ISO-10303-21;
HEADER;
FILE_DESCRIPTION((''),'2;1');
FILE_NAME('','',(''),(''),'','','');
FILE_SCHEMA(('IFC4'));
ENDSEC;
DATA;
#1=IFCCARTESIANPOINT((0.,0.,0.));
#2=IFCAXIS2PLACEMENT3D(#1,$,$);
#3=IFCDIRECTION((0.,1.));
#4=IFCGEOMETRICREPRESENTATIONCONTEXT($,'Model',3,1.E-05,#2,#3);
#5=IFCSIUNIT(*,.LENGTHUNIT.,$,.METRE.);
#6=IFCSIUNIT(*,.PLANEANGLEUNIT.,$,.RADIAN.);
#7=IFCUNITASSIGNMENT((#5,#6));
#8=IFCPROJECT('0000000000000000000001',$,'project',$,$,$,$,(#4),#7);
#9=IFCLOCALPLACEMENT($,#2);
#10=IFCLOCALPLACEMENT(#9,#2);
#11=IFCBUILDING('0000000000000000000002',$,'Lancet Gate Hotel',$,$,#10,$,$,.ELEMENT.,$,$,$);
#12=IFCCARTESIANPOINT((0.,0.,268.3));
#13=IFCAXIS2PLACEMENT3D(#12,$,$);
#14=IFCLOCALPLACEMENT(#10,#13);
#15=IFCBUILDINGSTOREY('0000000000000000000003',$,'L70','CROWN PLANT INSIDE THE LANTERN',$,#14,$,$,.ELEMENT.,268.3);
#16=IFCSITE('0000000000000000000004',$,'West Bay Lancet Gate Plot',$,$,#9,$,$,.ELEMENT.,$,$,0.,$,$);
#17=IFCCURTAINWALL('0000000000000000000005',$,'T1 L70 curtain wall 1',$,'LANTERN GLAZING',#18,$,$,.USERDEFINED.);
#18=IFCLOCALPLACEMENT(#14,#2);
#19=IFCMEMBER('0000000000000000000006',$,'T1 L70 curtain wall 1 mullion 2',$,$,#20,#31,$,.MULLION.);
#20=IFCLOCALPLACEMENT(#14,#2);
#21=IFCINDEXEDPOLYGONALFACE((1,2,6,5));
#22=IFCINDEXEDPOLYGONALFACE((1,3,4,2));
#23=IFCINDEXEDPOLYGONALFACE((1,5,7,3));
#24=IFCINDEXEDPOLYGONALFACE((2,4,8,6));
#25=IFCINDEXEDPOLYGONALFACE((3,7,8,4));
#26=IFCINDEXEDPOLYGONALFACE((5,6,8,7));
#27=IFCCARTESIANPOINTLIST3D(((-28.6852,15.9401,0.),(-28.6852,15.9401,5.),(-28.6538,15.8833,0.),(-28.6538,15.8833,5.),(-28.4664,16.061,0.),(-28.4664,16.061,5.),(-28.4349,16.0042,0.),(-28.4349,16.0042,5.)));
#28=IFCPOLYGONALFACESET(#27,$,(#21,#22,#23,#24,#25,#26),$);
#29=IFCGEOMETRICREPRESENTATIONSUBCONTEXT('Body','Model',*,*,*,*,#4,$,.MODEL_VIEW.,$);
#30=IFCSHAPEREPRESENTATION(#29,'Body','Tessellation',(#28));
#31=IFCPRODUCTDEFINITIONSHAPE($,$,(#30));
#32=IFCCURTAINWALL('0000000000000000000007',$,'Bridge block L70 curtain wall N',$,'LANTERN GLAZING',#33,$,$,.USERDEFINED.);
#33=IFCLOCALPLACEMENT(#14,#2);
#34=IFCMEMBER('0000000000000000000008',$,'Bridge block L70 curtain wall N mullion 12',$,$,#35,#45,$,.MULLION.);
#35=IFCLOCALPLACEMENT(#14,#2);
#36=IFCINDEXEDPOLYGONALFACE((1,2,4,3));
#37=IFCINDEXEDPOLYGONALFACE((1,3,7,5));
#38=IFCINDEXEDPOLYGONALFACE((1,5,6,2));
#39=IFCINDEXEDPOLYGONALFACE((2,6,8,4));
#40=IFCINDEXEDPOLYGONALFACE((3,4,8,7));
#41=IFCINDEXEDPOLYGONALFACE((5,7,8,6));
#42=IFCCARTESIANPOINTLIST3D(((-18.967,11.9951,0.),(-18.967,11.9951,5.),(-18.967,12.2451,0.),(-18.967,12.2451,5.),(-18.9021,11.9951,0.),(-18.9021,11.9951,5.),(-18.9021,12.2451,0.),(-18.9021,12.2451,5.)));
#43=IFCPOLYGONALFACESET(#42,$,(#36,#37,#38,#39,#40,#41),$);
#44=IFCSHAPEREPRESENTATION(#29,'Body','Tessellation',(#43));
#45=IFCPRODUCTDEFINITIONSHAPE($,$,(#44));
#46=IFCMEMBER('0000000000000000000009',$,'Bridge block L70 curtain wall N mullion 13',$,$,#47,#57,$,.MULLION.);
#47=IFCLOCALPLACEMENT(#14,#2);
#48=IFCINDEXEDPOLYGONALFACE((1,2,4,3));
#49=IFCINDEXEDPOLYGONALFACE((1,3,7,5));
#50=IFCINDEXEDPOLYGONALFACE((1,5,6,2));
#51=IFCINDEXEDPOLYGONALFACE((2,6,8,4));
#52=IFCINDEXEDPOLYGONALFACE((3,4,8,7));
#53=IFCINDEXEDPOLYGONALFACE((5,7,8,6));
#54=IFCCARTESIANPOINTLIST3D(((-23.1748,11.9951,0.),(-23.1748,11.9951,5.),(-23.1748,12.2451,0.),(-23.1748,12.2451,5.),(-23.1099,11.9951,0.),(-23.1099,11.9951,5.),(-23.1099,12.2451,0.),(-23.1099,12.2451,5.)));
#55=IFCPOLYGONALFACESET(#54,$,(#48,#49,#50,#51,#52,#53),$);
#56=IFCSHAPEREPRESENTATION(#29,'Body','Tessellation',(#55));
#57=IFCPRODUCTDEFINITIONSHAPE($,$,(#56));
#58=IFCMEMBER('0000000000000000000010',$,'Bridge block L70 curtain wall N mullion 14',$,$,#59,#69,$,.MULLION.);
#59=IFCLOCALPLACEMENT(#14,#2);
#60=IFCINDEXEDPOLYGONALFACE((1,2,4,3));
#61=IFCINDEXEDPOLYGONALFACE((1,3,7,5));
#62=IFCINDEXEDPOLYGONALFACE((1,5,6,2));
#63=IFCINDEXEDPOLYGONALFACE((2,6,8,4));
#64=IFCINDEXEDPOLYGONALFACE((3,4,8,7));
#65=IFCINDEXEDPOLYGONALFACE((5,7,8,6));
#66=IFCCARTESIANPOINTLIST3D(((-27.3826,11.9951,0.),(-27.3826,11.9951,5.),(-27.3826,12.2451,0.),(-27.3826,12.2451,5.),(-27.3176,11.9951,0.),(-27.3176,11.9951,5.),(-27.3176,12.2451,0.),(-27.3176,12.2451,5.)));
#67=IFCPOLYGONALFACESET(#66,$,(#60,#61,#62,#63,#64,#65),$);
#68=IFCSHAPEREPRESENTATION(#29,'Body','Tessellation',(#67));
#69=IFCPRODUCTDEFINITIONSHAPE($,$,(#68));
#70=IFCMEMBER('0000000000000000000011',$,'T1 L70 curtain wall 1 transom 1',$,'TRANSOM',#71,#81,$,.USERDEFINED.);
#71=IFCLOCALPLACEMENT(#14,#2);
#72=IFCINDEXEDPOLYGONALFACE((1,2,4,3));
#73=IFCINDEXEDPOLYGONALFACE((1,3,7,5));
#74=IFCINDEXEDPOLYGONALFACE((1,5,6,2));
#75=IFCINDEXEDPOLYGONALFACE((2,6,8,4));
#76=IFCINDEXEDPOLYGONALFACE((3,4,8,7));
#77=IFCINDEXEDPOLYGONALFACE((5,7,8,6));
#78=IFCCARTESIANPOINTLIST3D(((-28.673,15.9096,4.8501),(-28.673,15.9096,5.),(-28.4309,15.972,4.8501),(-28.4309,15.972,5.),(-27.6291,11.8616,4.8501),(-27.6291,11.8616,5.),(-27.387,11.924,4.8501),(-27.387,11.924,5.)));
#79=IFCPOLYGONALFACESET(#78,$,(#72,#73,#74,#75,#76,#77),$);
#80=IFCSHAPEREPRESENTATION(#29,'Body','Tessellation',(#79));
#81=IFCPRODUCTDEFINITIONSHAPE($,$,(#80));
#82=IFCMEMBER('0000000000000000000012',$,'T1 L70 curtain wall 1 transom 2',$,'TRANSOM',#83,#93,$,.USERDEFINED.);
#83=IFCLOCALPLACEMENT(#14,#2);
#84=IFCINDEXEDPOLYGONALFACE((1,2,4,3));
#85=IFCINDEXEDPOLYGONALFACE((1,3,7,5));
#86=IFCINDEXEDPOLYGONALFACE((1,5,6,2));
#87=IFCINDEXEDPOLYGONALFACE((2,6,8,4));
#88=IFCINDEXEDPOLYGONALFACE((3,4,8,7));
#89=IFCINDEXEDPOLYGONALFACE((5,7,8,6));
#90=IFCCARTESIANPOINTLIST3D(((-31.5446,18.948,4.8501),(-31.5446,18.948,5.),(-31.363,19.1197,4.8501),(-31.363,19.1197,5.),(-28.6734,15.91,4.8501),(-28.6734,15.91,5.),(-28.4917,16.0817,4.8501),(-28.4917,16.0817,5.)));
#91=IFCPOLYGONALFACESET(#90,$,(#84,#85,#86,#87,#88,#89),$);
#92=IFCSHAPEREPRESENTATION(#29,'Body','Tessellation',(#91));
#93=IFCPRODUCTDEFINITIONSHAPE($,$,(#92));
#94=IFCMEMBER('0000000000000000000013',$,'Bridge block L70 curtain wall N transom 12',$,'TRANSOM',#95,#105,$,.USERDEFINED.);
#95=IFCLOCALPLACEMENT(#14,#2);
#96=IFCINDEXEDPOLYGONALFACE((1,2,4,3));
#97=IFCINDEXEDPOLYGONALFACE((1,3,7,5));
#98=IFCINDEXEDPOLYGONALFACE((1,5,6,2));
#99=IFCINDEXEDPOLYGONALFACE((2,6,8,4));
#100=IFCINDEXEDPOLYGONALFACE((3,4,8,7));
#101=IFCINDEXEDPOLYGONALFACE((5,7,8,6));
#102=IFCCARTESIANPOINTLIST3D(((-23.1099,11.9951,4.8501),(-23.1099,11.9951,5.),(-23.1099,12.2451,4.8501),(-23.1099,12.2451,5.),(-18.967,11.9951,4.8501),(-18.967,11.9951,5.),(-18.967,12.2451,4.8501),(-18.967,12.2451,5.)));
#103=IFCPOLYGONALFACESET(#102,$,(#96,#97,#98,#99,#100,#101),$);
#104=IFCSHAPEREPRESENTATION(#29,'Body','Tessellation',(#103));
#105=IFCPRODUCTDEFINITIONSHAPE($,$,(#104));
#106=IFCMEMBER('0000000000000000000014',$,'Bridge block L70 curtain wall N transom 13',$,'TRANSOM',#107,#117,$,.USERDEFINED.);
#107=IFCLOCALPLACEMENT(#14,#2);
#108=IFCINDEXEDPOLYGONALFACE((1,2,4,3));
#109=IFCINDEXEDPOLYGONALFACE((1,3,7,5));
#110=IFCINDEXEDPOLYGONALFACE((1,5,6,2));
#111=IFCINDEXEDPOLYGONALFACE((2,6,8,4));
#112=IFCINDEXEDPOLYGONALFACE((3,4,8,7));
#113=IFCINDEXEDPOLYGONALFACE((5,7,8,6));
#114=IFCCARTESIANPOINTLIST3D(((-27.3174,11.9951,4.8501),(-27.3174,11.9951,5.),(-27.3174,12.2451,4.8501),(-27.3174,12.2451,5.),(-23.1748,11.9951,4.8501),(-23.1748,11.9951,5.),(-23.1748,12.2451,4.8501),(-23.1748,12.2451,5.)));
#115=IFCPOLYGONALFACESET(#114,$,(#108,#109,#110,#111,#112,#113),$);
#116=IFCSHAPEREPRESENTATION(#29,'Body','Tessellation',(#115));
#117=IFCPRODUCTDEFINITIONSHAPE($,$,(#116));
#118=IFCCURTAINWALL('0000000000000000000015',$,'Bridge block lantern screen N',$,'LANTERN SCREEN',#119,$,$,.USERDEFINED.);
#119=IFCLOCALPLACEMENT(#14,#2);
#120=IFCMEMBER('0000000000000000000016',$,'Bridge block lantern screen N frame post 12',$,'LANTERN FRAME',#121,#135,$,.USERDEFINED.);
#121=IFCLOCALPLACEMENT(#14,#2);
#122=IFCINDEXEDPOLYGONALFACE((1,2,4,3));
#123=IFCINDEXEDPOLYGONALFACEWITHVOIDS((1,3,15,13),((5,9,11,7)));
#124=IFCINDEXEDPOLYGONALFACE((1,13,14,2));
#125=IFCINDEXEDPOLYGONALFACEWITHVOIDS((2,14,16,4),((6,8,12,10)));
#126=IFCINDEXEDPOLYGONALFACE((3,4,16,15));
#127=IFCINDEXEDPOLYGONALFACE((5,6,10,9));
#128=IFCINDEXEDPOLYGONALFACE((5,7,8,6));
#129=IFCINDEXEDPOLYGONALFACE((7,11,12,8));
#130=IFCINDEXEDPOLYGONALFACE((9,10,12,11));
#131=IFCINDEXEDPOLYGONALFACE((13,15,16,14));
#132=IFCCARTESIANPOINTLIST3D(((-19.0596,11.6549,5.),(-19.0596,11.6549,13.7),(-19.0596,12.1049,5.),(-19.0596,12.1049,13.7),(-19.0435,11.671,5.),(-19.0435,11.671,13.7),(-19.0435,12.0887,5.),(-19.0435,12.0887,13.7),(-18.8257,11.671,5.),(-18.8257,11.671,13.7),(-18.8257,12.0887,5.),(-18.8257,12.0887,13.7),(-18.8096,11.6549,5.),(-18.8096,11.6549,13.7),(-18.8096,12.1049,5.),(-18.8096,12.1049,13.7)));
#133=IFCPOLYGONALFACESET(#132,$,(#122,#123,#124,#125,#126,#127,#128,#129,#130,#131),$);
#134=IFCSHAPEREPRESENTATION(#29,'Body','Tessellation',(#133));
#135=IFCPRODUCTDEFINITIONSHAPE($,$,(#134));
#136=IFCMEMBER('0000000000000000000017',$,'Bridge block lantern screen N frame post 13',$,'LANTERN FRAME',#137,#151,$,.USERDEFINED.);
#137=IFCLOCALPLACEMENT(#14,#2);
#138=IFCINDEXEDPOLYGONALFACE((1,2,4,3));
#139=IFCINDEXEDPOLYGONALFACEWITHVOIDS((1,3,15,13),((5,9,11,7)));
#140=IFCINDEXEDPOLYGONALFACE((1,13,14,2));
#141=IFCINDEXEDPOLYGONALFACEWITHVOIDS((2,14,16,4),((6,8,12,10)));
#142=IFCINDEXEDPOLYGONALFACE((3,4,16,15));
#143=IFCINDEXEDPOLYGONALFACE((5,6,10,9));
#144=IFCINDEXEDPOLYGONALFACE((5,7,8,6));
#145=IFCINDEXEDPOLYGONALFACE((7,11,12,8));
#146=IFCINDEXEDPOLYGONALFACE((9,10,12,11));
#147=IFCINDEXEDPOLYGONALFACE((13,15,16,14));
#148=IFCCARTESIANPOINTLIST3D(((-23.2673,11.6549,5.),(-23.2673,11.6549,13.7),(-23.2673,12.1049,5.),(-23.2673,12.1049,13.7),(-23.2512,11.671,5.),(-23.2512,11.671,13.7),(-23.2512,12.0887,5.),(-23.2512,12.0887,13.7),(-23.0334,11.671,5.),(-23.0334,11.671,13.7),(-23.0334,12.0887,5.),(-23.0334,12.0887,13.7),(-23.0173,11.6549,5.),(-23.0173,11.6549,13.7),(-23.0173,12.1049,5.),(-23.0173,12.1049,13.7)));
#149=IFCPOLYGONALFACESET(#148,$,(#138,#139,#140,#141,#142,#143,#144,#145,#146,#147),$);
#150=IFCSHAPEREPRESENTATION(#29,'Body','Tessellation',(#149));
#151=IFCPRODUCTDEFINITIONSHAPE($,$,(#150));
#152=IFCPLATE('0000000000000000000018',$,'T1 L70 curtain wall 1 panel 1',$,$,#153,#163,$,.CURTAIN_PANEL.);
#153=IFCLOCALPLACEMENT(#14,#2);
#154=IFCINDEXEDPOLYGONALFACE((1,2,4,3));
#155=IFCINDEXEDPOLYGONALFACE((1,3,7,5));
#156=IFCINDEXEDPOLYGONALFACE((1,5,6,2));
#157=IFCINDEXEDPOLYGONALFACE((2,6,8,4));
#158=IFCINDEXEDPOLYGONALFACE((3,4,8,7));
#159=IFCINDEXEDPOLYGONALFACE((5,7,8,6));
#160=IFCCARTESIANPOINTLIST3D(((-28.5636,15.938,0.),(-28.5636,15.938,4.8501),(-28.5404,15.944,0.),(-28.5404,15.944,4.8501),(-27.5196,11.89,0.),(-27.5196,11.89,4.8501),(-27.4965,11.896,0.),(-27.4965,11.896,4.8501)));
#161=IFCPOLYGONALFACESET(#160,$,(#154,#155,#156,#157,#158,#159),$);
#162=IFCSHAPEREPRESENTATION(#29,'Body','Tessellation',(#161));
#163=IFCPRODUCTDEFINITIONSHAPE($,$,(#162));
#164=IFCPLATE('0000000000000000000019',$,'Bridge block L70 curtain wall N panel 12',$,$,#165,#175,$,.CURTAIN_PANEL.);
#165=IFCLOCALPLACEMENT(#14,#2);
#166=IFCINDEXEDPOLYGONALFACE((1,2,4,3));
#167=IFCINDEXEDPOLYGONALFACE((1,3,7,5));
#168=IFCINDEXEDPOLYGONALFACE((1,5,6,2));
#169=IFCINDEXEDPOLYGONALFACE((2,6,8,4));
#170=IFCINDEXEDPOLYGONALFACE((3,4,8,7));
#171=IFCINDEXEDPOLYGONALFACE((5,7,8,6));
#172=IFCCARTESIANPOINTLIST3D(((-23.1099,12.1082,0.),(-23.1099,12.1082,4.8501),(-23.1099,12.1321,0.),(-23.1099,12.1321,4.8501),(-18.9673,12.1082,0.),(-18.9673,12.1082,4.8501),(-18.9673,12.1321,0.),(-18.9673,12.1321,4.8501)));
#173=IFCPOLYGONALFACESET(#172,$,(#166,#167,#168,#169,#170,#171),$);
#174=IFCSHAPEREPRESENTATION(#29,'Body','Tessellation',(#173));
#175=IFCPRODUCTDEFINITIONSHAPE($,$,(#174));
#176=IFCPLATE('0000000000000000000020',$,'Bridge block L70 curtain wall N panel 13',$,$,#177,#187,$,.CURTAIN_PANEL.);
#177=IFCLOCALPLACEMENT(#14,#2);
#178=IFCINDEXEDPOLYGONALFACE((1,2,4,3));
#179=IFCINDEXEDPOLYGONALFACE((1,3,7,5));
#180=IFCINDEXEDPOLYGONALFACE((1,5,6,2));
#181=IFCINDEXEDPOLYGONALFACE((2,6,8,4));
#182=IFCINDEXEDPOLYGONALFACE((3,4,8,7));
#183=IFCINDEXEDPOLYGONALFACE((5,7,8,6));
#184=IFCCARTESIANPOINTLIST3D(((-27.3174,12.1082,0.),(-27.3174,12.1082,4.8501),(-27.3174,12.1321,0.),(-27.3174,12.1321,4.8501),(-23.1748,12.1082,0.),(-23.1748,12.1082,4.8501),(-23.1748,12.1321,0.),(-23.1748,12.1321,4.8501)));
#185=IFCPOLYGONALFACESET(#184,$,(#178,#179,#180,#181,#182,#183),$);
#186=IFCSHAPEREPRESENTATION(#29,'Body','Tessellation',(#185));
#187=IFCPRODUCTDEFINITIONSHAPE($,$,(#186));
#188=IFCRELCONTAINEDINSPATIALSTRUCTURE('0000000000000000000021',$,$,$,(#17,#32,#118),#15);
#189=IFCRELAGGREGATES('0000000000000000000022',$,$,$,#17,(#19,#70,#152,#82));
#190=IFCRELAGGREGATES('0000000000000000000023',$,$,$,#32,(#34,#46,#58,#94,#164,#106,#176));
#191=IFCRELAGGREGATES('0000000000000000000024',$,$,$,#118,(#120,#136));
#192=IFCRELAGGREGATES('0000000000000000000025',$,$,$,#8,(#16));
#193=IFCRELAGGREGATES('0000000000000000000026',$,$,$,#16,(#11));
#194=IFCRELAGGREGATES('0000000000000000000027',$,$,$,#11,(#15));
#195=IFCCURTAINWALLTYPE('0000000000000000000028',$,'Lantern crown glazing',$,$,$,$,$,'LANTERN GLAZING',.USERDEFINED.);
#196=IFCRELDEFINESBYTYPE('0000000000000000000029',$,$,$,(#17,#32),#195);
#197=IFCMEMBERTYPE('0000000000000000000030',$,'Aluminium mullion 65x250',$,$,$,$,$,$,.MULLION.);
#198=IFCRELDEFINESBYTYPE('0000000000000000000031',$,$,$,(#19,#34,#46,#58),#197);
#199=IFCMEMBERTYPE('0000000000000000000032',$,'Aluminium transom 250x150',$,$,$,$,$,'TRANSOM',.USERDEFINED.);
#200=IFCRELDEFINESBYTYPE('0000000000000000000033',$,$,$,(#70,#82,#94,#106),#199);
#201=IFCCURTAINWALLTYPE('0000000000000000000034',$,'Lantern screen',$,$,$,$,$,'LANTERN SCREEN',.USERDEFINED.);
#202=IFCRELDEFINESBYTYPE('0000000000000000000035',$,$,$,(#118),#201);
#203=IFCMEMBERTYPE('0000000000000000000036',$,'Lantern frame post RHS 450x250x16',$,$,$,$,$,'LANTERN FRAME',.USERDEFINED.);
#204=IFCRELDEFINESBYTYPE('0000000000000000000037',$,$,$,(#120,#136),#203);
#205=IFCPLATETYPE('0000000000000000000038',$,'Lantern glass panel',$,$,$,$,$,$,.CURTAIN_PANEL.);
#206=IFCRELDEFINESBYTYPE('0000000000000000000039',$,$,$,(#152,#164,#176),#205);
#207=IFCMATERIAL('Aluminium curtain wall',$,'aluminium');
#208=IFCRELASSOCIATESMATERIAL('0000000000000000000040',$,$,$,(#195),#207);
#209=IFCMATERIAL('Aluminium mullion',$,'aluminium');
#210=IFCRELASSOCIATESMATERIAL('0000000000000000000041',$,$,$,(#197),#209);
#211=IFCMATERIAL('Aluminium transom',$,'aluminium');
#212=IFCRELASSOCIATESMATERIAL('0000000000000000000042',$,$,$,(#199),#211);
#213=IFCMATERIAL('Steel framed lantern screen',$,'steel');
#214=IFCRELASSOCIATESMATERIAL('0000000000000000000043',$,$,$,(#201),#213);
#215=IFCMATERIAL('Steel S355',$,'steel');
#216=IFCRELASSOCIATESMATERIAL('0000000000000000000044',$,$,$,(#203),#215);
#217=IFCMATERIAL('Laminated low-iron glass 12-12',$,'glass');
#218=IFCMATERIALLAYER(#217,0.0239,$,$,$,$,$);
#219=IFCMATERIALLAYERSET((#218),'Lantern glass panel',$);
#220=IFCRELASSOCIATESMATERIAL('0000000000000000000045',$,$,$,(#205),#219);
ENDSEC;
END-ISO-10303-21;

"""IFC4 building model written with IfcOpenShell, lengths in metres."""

from ifc_helpers import new_model, si_unit, direction, frame, origin, origin_2d, place, context, subcontext, project, spatial, rectangle, hollow_rectangle, extrude, material, layer, layer_set, material_profile, profile_set, type_object, element, aggregate, save


model = new_model("IFC4")

# Units and contexts
model_context = context("Model", 3, precision=1e-05, world=origin(), true_north=direction((0.0, 1.0)))
body_context = subcontext(model_context, "Body", "Model", "MODEL_VIEW")
ifc_project = project(units=[si_unit("LENGTHUNIT", "METRE"), si_unit("PLANEANGLEUNIT", "RADIAN")], contexts=[model_context])

# Site, building, storey
site_placement = place(None, origin())
site = spatial("IfcSite", under=ifc_project, at=site_placement, Name="West Bay Lancet Gate Plot", CompositionType="ELEMENT", RefElevation=0.0)
building_placement = place(site_placement, origin())
building = spatial("IfcBuilding", under=site, at=building_placement, Name="Lancet Gate Hotel", CompositionType="ELEMENT")
storey_placement = place(building_placement, frame((0.0, 0.0, 268.3)))
storey = spatial("IfcBuildingStorey", under=building, at=storey_placement, Name="L70", Description="CROWN PLANT INSIDE THE LANTERN", CompositionType="ELEMENT", Elevation=268.3)

# Curtain wall, member
ifc_material_1 = material(Name="Aluminium curtain wall", Category="aluminium")
curtain_wall_type_1 = type_object("IfcCurtainWallType", Name="Lantern crown glazing", ElementType="LANTERN GLAZING", PredefinedType="USERDEFINED", material=ifc_material_1)
curtain_wall_1_placement = place(storey_placement, origin())
curtain_wall_1 = element("IfcCurtainWall", 1, at=curtain_wall_1_placement, inside=storey, type_object=curtain_wall_type_1, Name="T1 L70 curtain wall 1", ObjectType="LANTERN GLAZING", PredefinedType="USERDEFINED")
ifc_material_2 = material(Name="Aluminium mullion", Category="aluminium")
ifc_material_profile_1 = material_profile(ifc_material_2, rectangle(XDim=0.0649, YDim=0.25, at=origin_2d()), Name="MULLION 65x250")
ifc_profile_set_1 = profile_set([ifc_material_profile_1], Name="Aluminium mullion")
member_type_1 = type_object("IfcMemberType", Name="Aluminium mullion 65x250", PredefinedType="MULLION", material=ifc_profile_set_1)
member_1_placement = place(storey_placement, frame((-28.5601, 15.9722, 0.0), z_axis=(0.0, 0.0, 1.0), x_axis=(-0.483627, 0.875274, 0.0)))
member_1 = element("IfcMember", 2, at=member_1_placement, type_object=member_type_1, Name="T1 L70 curtain wall 1 mullion 2", PredefinedType="MULLION", context=body_context, shape_type="SweptSolid", body=[
    extrude(rectangle(XDim=0.0649, YDim=0.25, at=origin_2d()), origin(), (0.0, 0.0, 1.0), 5.0),
])

# Curtain wall, members
curtain_wall_2_placement = place(storey_placement, origin())
curtain_wall_2 = element("IfcCurtainWall", 3, at=curtain_wall_2_placement, inside=storey, type_object=curtain_wall_type_1, Name="Bridge block L70 curtain wall N", ObjectType="LANTERN GLAZING", PredefinedType="USERDEFINED")
member_2_placement = place(storey_placement, frame((-18.9346, 12.1201, 0.0), z_axis=(0.0, 0.0, 1.0), x_axis=(-1.0, 0.0, 0.0)))
member_2 = element("IfcMember", 4, at=member_2_placement, type_object=member_type_1, Name="Bridge block L70 curtain wall N mullion 12", PredefinedType="MULLION", context=body_context, shape_type="SweptSolid", body=[
    extrude(rectangle(XDim=0.0649, YDim=0.25, at=origin_2d()), origin(), (0.0, 0.0, 1.0), 5.0),
])
member_3_placement = place(storey_placement, frame((-23.1423, 12.1201, 0.0), z_axis=(0.0, 0.0, 1.0), x_axis=(-1.0, 0.0, 0.0)))
member_3 = element("IfcMember", 5, at=member_3_placement, type_object=member_type_1, Name="Bridge block L70 curtain wall N mullion 13", PredefinedType="MULLION", context=body_context, shape_type="SweptSolid", body=[
    extrude(rectangle(XDim=0.0649, YDim=0.25, at=origin_2d()), origin(), (0.0, 0.0, 1.0), 5.0),
])
member_4_placement = place(storey_placement, frame((-27.3501, 12.1201, 0.0), z_axis=(0.0, 0.0, 1.0), x_axis=(-1.0, 0.0, 0.0)))
member_4 = element("IfcMember", 6, at=member_4_placement, type_object=member_type_1, Name="Bridge block L70 curtain wall N mullion 14", PredefinedType="MULLION", context=body_context, shape_type="SweptSolid", body=[
    extrude(rectangle(XDim=0.0649, YDim=0.25, at=origin_2d()), origin(), (0.0, 0.0, 1.0), 5.0),
])

# Members
ifc_material_3 = material(Name="Aluminium transom", Category="aluminium")
ifc_material_profile_2 = material_profile(ifc_material_3, rectangle(XDim=0.25, YDim=0.1499, at=origin_2d()), Name="TRANSOM 250x150")
ifc_profile_set_2 = profile_set([ifc_material_profile_2], Name="Aluminium transom")
member_type_2 = type_object("IfcMemberType", Name="Aluminium transom 250x150", ElementType="TRANSOM", PredefinedType="USERDEFINED", material=ifc_profile_set_2)
member_5_placement = place(storey_placement, frame((-27.5081, 11.8928, 4.925), z_axis=(-0.249716, 0.968319, 0.0), x_axis=(-0.968319, -0.249716, 0.0)))
member_5 = element("IfcMember", 7, at=member_5_placement, type_object=member_type_2, Name="T1 L70 curtain wall 1 transom 1", ObjectType="TRANSOM", PredefinedType="USERDEFINED", context=body_context, shape_type="SweptSolid", body=[
    extrude(rectangle(XDim=0.25, YDim=0.1499, at=origin_2d()), origin(), (0.0, 0.0, 1.0), 4.1804),
])
member_6_placement = place(storey_placement, frame((-28.5825, 15.9958, 4.925), z_axis=(-0.686881, 0.72677, 0.0), x_axis=(-0.72677, -0.686881, 0.0)))
member_6 = element("IfcMember", 8, at=member_6_placement, type_object=member_type_2, Name="T1 L70 curtain wall 1 transom 2", ObjectType="TRANSOM", PredefinedType="USERDEFINED", context=body_context, shape_type="SweptSolid", body=[
    extrude(rectangle(XDim=0.25, YDim=0.1499, at=origin_2d()), origin(), (0.0, 0.0, 1.0), 4.1802),
])
member_7_placement = place(storey_placement, frame((-18.967, 12.1201, 4.925), z_axis=(-1.0, 0.0, 0.0), x_axis=(0.0, -1.0, 0.0)))
member_7 = element("IfcMember", 9, at=member_7_placement, type_object=member_type_2, Name="Bridge block L70 curtain wall N transom 12", ObjectType="TRANSOM", PredefinedType="USERDEFINED", context=body_context, shape_type="SweptSolid", body=[
    extrude(rectangle(XDim=0.25, YDim=0.1499, at=origin_2d()), origin(), (0.0, 0.0, 1.0), 4.1428),
])
member_8_placement = place(storey_placement, frame((-23.1748, 12.1201, 4.925), z_axis=(-1.0, 0.0, 0.0), x_axis=(0.0, -1.0, 0.0)))
member_8 = element("IfcMember", 10, at=member_8_placement, type_object=member_type_2, Name="Bridge block L70 curtain wall N transom 13", ObjectType="TRANSOM", PredefinedType="USERDEFINED", context=body_context, shape_type="SweptSolid", body=[
    extrude(rectangle(XDim=0.25, YDim=0.1499, at=origin_2d()), origin(), (0.0, 0.0, 1.0), 4.1426),
])

# Curtain wall, members
ifc_material_4 = material(Name="Steel framed lantern screen", Category="steel")
curtain_wall_type_2 = type_object("IfcCurtainWallType", Name="Lantern screen", ElementType="LANTERN SCREEN", PredefinedType="USERDEFINED", material=ifc_material_4)
curtain_wall_3_placement = place(storey_placement, origin())
curtain_wall_3 = element("IfcCurtainWall", 11, at=curtain_wall_3_placement, inside=storey, type_object=curtain_wall_type_2, Name="Bridge block lantern screen N", ObjectType="LANTERN SCREEN", PredefinedType="USERDEFINED")
ifc_material_5 = material(Name="Steel S355", Category="steel")
ifc_material_profile_3 = material_profile(ifc_material_5, hollow_rectangle(XDim=0.25, YDim=0.45, WallThickness=0.0161, at=origin_2d()), Name="RHS 450x250x16")
ifc_profile_set_3 = profile_set([ifc_material_profile_3], Name="Steel S355")
member_type_3 = type_object("IfcMemberType", Name="Lantern frame post RHS 450x250x16", ElementType="LANTERN FRAME", PredefinedType="USERDEFINED", material=ifc_profile_set_3)
member_9_placement = place(storey_placement, frame((-18.9346, 11.8799, 5.0), z_axis=(0.0, 0.0, 1.0), x_axis=(-1.0, 0.0, 0.0)))
member_9 = element("IfcMember", 12, at=member_9_placement, type_object=member_type_3, Name="Bridge block lantern screen N frame post 12", ObjectType="LANTERN FRAME", PredefinedType="USERDEFINED", context=body_context, shape_type="SweptSolid", body=[
    extrude(hollow_rectangle(XDim=0.25, YDim=0.45, WallThickness=0.0161, at=origin_2d()), origin(), (0.0, 0.0, 1.0), 8.7),
])
member_10_placement = place(storey_placement, frame((-23.1423, 11.8799, 5.0), z_axis=(0.0, 0.0, 1.0), x_axis=(-1.0, 0.0, 0.0)))
member_10 = element("IfcMember", 13, at=member_10_placement, type_object=member_type_3, Name="Bridge block lantern screen N frame post 13", ObjectType="LANTERN FRAME", PredefinedType="USERDEFINED", context=body_context, shape_type="SweptSolid", body=[
    extrude(hollow_rectangle(XDim=0.25, YDim=0.45, WallThickness=0.0161, at=origin_2d()), origin(), (0.0, 0.0, 1.0), 8.7),
])

# Plates
ifc_material_6 = material(Name="Laminated low-iron glass 12-12", Category="glass")
ifc_layer_1 = layer(ifc_material_6, 0.0239)
ifc_layer_set_1 = layer_set([ifc_layer_1], Name="Lantern glass panel")
plate_type_1 = type_object("IfcPlateType", Name="Lantern glass panel", PredefinedType="CURTAIN_PANEL", material=ifc_layer_set_1)
plate_1_placement = place(storey_placement, frame((-28.03, 13.917, 0.0), z_axis=(0.0, 0.0, 1.0), x_axis=(-0.249726, 0.968317, 0.0)))
plate_1 = element("IfcPlate", 14, at=plate_1_placement, type_object=plate_type_1, Name="T1 L70 curtain wall 1 panel 1", PredefinedType="CURTAIN_PANEL", context=body_context, shape_type="SweptSolid", body=[
    extrude(rectangle(XDim=4.1804, YDim=0.0239, at=origin_2d()), origin(), (0.0, 0.0, 1.0), 4.8501),
])
aggregate(curtain_wall_1, [member_1, member_5, plate_1, member_6])
plate_2_placement = place(storey_placement, frame((-21.0386, 12.1201, 0.0), z_axis=(0.0, 0.0, 1.0), x_axis=(-1.0, 0.0, 0.0)))
plate_2 = element("IfcPlate", 15, at=plate_2_placement, type_object=plate_type_1, Name="Bridge block L70 curtain wall N panel 12", PredefinedType="CURTAIN_PANEL", context=body_context, shape_type="SweptSolid", body=[
    extrude(rectangle(XDim=4.1426, YDim=0.0239, at=origin_2d()), origin(), (0.0, 0.0, 1.0), 4.8501),
])
plate_3_placement = place(storey_placement, frame((-25.2461, 12.1201, 0.0), z_axis=(0.0, 0.0, 1.0), x_axis=(-1.0, 0.0, 0.0)))
plate_3 = element("IfcPlate", 16, at=plate_3_placement, type_object=plate_type_1, Name="Bridge block L70 curtain wall N panel 13", PredefinedType="CURTAIN_PANEL", context=body_context, shape_type="SweptSolid", body=[
    extrude(rectangle(XDim=4.1426, YDim=0.0239, at=origin_2d()), origin(), (0.0, 0.0, 1.0), 4.8501),
])
aggregate(curtain_wall_2, [member_2, member_3, member_4, member_7, plate_2, member_8, plate_3])
aggregate(curtain_wall_3, [member_9, member_10])

save(model, "model.ifc")
